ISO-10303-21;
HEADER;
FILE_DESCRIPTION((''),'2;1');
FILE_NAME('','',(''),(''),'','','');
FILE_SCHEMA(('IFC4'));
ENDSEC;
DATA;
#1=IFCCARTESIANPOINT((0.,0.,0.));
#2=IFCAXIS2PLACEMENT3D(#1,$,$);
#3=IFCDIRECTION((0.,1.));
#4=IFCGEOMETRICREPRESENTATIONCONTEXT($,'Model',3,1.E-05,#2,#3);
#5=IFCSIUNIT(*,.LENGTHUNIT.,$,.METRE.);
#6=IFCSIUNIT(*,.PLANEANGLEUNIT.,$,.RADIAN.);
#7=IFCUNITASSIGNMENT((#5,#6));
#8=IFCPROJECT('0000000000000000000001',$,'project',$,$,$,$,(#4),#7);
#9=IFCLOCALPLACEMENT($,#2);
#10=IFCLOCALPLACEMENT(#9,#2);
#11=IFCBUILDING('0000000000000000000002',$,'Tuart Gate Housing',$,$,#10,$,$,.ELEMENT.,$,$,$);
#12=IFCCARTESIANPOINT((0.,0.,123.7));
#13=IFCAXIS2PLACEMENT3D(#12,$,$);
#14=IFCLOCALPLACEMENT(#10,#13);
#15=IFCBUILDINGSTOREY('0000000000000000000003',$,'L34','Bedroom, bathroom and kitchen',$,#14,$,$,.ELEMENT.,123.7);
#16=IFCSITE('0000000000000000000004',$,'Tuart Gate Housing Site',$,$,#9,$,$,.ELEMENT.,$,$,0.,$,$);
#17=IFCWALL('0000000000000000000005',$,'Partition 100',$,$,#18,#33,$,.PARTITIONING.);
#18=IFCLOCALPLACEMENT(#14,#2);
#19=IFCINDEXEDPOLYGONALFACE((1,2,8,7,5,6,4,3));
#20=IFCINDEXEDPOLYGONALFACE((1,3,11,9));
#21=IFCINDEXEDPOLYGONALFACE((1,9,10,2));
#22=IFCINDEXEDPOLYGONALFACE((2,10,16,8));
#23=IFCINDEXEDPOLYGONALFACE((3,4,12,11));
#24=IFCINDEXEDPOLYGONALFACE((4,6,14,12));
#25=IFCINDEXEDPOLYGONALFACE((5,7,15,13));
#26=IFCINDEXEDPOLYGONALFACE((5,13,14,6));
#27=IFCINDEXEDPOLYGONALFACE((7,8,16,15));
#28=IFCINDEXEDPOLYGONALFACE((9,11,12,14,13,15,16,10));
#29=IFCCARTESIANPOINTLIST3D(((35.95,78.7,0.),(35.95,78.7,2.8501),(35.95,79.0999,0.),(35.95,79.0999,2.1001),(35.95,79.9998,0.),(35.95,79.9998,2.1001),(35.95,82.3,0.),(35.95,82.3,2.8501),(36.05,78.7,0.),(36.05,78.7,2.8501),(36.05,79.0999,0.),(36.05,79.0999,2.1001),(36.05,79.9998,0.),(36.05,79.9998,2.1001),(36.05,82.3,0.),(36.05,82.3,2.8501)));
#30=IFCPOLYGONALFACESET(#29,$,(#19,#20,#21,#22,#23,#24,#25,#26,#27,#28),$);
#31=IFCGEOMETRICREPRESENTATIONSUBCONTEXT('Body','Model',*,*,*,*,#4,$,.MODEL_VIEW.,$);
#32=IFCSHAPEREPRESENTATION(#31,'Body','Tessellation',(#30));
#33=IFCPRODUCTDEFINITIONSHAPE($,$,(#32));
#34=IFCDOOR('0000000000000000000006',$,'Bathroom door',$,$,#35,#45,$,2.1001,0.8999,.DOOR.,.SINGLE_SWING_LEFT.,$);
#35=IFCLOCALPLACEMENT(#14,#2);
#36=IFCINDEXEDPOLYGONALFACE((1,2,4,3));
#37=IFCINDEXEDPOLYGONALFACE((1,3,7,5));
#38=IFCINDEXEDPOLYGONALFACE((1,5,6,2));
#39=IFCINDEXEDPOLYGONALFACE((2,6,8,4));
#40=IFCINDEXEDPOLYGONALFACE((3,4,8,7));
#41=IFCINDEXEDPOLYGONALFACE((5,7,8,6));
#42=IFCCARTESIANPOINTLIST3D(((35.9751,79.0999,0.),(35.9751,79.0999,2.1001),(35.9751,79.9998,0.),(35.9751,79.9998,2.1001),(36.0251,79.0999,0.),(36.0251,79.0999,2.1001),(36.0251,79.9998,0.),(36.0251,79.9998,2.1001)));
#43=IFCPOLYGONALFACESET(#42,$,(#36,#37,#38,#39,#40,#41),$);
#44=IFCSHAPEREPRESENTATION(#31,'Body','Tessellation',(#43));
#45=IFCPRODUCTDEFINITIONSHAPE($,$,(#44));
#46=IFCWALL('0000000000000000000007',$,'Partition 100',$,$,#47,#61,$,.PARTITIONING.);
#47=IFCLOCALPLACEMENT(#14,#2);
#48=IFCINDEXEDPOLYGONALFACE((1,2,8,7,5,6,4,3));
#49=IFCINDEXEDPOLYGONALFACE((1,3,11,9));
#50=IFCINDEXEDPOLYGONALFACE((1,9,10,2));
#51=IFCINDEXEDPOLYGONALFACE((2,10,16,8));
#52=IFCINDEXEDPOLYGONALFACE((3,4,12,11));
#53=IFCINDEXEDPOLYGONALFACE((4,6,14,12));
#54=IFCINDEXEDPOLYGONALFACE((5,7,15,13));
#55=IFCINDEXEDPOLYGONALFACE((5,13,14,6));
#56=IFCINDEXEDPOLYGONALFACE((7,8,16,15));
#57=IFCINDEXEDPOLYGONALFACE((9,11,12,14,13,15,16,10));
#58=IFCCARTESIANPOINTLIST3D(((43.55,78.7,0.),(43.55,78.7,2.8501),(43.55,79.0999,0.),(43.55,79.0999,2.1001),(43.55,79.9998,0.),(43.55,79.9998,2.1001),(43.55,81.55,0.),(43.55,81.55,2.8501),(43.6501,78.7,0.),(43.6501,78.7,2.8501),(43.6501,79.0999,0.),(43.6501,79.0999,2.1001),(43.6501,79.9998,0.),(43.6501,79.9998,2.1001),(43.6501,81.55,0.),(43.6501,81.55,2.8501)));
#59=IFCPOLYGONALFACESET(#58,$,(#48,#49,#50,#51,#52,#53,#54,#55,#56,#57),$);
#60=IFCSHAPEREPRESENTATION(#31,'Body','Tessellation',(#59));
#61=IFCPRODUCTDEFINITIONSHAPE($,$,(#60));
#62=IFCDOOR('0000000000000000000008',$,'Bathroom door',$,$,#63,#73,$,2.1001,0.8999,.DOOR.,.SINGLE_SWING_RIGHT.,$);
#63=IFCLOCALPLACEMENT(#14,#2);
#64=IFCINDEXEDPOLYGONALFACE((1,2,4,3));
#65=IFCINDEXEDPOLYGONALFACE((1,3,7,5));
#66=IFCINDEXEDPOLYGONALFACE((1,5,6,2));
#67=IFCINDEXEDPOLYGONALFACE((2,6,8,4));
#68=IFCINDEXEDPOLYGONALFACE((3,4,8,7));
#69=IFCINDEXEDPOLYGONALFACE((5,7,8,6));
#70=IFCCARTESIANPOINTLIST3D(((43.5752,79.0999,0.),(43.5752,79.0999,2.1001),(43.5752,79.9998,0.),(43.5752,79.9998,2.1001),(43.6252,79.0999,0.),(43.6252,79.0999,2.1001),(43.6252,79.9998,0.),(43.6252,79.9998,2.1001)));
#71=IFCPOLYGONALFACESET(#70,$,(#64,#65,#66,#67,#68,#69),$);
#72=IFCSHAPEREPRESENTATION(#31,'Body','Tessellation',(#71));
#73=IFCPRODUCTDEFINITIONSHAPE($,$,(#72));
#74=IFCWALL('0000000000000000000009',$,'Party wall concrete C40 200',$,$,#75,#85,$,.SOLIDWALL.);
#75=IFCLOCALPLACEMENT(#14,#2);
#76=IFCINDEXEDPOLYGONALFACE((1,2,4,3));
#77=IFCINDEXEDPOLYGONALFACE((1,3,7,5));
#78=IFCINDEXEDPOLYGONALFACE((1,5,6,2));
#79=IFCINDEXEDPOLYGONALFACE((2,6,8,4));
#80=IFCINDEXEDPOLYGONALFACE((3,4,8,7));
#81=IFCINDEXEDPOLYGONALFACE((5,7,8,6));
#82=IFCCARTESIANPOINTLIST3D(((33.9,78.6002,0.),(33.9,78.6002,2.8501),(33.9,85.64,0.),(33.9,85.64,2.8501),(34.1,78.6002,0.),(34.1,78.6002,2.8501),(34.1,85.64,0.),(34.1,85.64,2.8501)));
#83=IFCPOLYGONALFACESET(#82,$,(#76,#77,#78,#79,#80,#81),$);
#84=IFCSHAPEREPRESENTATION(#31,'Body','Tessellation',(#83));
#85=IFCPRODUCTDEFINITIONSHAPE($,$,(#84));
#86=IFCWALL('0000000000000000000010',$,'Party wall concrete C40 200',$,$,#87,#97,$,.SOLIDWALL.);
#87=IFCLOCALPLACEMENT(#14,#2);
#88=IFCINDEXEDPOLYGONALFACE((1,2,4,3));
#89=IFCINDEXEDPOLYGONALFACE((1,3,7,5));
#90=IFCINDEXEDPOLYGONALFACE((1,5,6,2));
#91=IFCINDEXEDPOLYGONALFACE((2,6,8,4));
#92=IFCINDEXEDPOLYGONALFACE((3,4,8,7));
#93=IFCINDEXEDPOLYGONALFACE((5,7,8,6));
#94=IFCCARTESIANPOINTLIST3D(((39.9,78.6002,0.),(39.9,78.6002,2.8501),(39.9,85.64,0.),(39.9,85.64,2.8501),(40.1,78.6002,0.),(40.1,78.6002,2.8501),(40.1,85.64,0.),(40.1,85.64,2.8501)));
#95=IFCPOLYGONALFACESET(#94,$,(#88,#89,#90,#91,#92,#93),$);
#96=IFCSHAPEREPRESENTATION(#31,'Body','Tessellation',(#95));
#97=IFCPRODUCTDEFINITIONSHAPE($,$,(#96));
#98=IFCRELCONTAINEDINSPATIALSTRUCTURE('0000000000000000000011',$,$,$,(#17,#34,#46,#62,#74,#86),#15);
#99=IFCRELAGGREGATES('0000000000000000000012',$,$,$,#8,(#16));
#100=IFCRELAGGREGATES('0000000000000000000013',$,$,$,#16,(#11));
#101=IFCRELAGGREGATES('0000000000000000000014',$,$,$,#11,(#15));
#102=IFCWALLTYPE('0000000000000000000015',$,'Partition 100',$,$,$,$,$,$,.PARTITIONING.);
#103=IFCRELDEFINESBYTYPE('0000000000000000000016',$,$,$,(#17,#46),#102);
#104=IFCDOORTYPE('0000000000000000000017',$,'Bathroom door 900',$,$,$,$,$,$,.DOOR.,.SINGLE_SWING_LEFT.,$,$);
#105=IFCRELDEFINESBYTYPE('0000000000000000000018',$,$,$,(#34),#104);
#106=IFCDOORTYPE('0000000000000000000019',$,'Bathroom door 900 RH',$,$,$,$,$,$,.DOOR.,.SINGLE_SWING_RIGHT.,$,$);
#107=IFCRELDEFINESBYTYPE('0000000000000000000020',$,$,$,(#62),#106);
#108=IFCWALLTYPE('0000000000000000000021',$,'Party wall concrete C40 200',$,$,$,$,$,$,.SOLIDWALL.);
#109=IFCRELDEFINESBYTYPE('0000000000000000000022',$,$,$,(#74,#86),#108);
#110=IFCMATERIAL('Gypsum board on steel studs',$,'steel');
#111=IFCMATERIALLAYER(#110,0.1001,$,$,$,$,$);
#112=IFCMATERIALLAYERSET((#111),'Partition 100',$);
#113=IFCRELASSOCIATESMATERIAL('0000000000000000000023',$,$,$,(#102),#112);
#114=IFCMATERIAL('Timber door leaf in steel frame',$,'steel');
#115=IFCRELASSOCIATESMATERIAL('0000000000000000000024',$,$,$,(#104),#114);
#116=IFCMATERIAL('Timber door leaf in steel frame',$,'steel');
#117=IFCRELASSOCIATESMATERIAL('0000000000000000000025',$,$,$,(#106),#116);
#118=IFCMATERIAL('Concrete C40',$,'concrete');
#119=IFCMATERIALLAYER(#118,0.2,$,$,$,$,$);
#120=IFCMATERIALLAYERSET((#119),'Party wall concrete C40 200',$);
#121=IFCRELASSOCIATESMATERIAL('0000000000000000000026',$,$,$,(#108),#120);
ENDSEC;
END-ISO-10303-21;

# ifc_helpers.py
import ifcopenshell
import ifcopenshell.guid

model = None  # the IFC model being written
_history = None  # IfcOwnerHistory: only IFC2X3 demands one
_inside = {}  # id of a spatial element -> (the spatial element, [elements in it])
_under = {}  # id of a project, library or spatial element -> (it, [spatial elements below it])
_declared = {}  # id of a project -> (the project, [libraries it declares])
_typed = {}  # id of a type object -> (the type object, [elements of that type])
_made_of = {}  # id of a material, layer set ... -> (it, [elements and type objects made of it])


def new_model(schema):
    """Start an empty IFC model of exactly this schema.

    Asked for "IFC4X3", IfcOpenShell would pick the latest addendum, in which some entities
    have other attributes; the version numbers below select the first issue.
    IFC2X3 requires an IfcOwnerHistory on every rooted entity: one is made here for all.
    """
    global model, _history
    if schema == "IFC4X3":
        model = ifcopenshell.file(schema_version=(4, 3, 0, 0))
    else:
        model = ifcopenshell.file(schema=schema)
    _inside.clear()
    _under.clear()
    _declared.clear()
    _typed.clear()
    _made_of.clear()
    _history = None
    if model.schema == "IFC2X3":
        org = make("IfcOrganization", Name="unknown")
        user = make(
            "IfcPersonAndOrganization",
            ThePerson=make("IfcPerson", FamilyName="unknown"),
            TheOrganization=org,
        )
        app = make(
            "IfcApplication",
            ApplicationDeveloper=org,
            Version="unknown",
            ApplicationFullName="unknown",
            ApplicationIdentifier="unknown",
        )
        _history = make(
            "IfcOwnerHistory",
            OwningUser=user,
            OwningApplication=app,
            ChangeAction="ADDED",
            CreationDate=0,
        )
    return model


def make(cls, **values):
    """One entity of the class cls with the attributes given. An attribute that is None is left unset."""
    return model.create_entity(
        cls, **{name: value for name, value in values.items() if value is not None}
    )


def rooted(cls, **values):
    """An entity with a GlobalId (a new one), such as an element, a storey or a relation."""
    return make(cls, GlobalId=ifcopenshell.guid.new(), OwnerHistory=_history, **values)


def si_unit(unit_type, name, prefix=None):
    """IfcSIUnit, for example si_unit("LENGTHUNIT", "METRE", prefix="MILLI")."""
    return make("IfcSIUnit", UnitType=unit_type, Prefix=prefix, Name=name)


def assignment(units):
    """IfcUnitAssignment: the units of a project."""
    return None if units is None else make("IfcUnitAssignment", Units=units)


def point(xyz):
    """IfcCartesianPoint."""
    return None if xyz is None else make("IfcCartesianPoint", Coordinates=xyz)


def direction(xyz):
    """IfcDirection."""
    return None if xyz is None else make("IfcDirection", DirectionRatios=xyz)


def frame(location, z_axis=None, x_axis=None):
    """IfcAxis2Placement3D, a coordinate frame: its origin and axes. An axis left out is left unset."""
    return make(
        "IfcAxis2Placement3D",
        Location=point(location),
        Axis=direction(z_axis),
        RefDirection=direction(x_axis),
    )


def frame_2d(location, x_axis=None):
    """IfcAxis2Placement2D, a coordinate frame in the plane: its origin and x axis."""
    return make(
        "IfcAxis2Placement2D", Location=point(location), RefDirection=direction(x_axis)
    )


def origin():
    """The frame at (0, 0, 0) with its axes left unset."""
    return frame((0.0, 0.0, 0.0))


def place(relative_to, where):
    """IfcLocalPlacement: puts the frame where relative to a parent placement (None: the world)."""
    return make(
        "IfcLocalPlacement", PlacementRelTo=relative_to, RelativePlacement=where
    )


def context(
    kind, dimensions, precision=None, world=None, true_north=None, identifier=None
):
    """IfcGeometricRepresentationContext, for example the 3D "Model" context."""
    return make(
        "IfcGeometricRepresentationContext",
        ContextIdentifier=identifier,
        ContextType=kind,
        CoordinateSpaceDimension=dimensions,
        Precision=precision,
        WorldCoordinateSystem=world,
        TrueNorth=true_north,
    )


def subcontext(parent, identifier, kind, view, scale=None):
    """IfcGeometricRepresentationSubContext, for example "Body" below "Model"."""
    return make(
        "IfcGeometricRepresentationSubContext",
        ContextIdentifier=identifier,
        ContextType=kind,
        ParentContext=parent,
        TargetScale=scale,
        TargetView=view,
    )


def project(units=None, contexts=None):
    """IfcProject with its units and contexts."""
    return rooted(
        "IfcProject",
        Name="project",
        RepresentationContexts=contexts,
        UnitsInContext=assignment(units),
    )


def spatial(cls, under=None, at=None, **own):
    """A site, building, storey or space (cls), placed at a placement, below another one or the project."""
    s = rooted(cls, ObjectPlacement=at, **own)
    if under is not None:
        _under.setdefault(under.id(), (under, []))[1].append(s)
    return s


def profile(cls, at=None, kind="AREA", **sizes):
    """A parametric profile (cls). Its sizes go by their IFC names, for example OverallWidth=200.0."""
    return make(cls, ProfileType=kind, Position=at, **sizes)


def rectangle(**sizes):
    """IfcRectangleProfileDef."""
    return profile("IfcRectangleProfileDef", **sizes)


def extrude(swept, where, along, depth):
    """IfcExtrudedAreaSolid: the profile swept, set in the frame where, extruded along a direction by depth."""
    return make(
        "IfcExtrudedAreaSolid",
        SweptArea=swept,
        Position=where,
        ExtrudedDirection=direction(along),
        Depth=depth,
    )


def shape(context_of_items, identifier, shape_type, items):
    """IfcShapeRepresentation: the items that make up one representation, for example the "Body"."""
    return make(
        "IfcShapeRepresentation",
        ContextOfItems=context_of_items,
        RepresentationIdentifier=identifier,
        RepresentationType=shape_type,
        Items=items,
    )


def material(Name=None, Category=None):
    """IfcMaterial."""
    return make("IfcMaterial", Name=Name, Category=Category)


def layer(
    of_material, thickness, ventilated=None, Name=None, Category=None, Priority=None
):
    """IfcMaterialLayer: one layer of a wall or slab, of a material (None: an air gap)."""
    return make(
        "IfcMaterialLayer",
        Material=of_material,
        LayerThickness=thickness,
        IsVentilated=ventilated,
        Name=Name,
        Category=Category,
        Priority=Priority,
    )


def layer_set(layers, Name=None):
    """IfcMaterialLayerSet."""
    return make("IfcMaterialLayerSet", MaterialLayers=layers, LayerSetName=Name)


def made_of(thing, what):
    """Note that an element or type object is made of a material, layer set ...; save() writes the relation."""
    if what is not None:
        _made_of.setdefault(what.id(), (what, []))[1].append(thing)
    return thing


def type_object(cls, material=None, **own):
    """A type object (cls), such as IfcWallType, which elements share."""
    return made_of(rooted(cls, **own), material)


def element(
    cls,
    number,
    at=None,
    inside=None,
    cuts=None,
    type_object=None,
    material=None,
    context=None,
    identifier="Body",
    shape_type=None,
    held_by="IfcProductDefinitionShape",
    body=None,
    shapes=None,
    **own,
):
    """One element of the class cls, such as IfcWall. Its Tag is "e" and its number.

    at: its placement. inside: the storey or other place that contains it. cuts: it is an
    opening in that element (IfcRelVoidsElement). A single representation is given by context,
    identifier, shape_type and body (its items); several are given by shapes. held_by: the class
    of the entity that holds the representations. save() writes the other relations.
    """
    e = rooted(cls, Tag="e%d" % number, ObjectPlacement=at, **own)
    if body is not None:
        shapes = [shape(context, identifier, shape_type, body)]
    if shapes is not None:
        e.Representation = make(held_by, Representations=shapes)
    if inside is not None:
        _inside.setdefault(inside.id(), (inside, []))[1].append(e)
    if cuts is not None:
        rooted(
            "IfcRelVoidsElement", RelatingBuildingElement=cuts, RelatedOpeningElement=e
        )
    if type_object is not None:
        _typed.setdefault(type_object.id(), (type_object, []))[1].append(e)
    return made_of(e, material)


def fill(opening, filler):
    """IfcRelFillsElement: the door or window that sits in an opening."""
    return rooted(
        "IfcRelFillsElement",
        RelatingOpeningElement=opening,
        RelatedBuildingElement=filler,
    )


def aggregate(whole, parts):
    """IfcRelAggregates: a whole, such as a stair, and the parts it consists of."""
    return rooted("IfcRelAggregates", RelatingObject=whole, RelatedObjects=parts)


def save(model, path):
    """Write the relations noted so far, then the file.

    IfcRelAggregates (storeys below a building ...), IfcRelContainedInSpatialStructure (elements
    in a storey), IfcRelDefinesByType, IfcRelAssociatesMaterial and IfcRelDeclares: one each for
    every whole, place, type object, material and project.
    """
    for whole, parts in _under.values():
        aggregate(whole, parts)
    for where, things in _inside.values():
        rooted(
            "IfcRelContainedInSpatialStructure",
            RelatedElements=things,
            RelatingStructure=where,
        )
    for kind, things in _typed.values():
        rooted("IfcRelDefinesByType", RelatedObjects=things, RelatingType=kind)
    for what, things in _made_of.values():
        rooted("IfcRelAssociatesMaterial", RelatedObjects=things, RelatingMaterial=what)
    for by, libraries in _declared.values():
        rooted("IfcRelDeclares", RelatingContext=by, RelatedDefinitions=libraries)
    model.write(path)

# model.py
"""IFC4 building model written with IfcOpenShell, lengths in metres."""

from ifc_helpers import new_model, si_unit, direction, frame, frame_2d, origin, place, context, subcontext, project, spatial, rectangle, extrude, material, layer, layer_set, type_object, element, fill, save


model = new_model("IFC4")

# Units and contexts
model_context = context("Model", 3, precision=1e-05, world=origin(), true_north=direction((0.0, 1.0)))
body_context = subcontext(model_context, "Body", "Model", "MODEL_VIEW")
ifc_project = project(units=[si_unit("LENGTHUNIT", "METRE"), si_unit("PLANEANGLEUNIT", "RADIAN")], contexts=[model_context])

# Site, building, storey
site_placement = place(None, origin())
site = spatial("IfcSite", under=ifc_project, at=site_placement, Name="Tuart Gate Housing Site", CompositionType="ELEMENT", RefElevation=0.0)
building_placement = place(site_placement, origin())
building = spatial("IfcBuilding", under=site, at=building_placement, Name="Tuart Gate Housing", CompositionType="ELEMENT")
storey_placement = place(building_placement, frame((0.0, 0.0, 123.7)))
storey = spatial("IfcBuildingStorey", under=building, at=storey_placement, Name="L34", Description="Bedroom, bathroom and kitchen", CompositionType="ELEMENT", Elevation=123.7)

# Shared definitions
ifc_material_1 = material(Name="Gypsum board on steel studs", Category="steel")
ifc_layer_1 = layer(ifc_material_1, 0.1001)
ifc_layer_set_1 = layer_set([ifc_layer_1], Name="Partition 100")
wall_type_1 = type_object("IfcWallType", Name="Partition 100", PredefinedType="PARTITIONING", material=ifc_layer_set_1)

# Walls, openings, doors
wall_1_placement = place(storey_placement, frame((36.0, 78.7, 0.0), z_axis=(0.0, 0.0, 1.0), x_axis=(0.0, 1.0, 0.0)))
wall_1 = element("IfcWall", 1, at=wall_1_placement, inside=storey, type_object=wall_type_1, Name="Partition 100", PredefinedType="PARTITIONING", context=body_context, shape_type="SweptSolid", body=[
    extrude(rectangle(XDim=3.6001, YDim=0.1001, at=frame_2d((1.8, 0.0))), origin(), (0.0, 0.0, 1.0), 2.8501),
])
opening_1_placement = place(wall_1_placement, frame((0.3999, 0.0, 0.0)))
opening_1 = element("IfcOpeningElement", 2, at=opening_1_placement, cuts=wall_1, PredefinedType="OPENING", context=body_context, shape_type="SweptSolid", body=[
    extrude(rectangle(XDim=0.8999, YDim=2.1001, at=frame_2d((0.45, 1.05))), frame((0.0, 0.0601, 0.0), z_axis=(0.0, -1.0, 0.0), x_axis=(1.0, 0.0, 0.0)), (0.0, 0.0, 1.0), 0.1201),
])
ifc_material_2 = material(Name="Timber door leaf in steel frame", Category="steel")
door_type_1 = type_object("IfcDoorType", Name="Bathroom door 900", OperationType="SINGLE_SWING_LEFT", PredefinedType="DOOR", material=ifc_material_2)
door_1_placement = place(opening_1_placement, origin())
door_1 = element("IfcDoor", 3, at=door_1_placement, inside=storey, type_object=door_type_1, Name="Bathroom door", OperationType="SINGLE_SWING_LEFT", OverallHeight=2.1001, OverallWidth=0.8999, PredefinedType="DOOR", context=body_context, shape_type="SweptSolid", body=[
    extrude(rectangle(XDim=0.8999, YDim=2.1001, at=frame_2d((0.45, 1.05))), frame((0.0, 0.0249, 0.0), z_axis=(0.0, -1.0, 0.0), x_axis=(1.0, 0.0, 0.0)), (0.0, 0.0, 1.0), 0.05),
])
fill(opening_1, door_1)
wall_2_placement = place(storey_placement, frame((43.6001, 78.7, 0.0), z_axis=(0.0, 0.0, 1.0), x_axis=(0.0, 1.0, 0.0)))
wall_2 = element("IfcWall", 4, at=wall_2_placement, inside=storey, type_object=wall_type_1, Name="Partition 100", PredefinedType="PARTITIONING", context=body_context, shape_type="SweptSolid", body=[
    extrude(rectangle(XDim=2.8501, YDim=0.1001, at=frame_2d((1.425, 0.0))), origin(), (0.0, 0.0, 1.0), 2.8501),
])
opening_2_placement = place(wall_2_placement, frame((0.3999, 0.0, 0.0)))
opening_2 = element("IfcOpeningElement", 5, at=opening_2_placement, cuts=wall_2, PredefinedType="OPENING", context=body_context, shape_type="SweptSolid", body=[
    extrude(rectangle(XDim=0.8999, YDim=2.1001, at=frame_2d((0.45, 1.05))), frame((0.0, 0.0601, 0.0), z_axis=(0.0, -1.0, 0.0), x_axis=(1.0, 0.0, 0.0)), (0.0, 0.0, 1.0), 0.1201),
])
ifc_material_3 = material(Name="Timber door leaf in steel frame", Category="steel")
door_type_2 = type_object("IfcDoorType", Name="Bathroom door 900 RH", OperationType="SINGLE_SWING_RIGHT", PredefinedType="DOOR", material=ifc_material_3)
door_2_placement = place(opening_2_placement, frame((0.8999, 0.0, 0.0), z_axis=(0.0, 0.0, 1.0), x_axis=(-1.0, 0.0, 0.0)))
door_2 = element("IfcDoor", 6, at=door_2_placement, inside=storey, type_object=door_type_2, Name="Bathroom door", OperationType="SINGLE_SWING_RIGHT", OverallHeight=2.1001, OverallWidth=0.8999, PredefinedType="DOOR", context=body_context, shape_type="SweptSolid", body=[
    extrude(rectangle(XDim=0.8999, YDim=2.1001, at=frame_2d((0.45, 1.05))), frame((0.0, 0.0251, 0.0), z_axis=(0.0, -1.0, 0.0), x_axis=(1.0, 0.0, 0.0)), (0.0, 0.0, 1.0), 0.05),
])
fill(opening_2, door_2)

# Walls
ifc_material_4 = material(Name="Concrete C40", Category="concrete")
ifc_layer_2 = layer(ifc_material_4, 0.2)
ifc_layer_set_2 = layer_set([ifc_layer_2], Name="Party wall concrete C40 200")
wall_type_2 = type_object("IfcWallType", Name="Party wall concrete C40 200", PredefinedType="SOLIDWALL", material=ifc_layer_set_2)
for number, where, z_axis, x_axis, name in (
    (7, (34.0, 78.6001, 0.0), (0.0, 0.0, 1.0), (0.0, 1.0, 0.0), "Party wall concrete C40 200"),
    (8, (40.0, 78.6001, 0.0), (0.0, 0.0, 1.0), (0.0, 1.0, 0.0), "Party wall concrete C40 200"),
):
    element("IfcWall", number, at=place(storey_placement, frame(where, z_axis=z_axis, x_axis=x_axis)), inside=storey, type_object=wall_type_2, Name=name, PredefinedType="SOLIDWALL", context=body_context, shape_type="SweptSolid", body=[
        extrude(rectangle(XDim=7.0398, YDim=0.2, at=frame_2d((3.52, 0.0))), origin(), (0.0, 0.0, 1.0), 2.8501),
    ])

save(model, "model.ifc")
